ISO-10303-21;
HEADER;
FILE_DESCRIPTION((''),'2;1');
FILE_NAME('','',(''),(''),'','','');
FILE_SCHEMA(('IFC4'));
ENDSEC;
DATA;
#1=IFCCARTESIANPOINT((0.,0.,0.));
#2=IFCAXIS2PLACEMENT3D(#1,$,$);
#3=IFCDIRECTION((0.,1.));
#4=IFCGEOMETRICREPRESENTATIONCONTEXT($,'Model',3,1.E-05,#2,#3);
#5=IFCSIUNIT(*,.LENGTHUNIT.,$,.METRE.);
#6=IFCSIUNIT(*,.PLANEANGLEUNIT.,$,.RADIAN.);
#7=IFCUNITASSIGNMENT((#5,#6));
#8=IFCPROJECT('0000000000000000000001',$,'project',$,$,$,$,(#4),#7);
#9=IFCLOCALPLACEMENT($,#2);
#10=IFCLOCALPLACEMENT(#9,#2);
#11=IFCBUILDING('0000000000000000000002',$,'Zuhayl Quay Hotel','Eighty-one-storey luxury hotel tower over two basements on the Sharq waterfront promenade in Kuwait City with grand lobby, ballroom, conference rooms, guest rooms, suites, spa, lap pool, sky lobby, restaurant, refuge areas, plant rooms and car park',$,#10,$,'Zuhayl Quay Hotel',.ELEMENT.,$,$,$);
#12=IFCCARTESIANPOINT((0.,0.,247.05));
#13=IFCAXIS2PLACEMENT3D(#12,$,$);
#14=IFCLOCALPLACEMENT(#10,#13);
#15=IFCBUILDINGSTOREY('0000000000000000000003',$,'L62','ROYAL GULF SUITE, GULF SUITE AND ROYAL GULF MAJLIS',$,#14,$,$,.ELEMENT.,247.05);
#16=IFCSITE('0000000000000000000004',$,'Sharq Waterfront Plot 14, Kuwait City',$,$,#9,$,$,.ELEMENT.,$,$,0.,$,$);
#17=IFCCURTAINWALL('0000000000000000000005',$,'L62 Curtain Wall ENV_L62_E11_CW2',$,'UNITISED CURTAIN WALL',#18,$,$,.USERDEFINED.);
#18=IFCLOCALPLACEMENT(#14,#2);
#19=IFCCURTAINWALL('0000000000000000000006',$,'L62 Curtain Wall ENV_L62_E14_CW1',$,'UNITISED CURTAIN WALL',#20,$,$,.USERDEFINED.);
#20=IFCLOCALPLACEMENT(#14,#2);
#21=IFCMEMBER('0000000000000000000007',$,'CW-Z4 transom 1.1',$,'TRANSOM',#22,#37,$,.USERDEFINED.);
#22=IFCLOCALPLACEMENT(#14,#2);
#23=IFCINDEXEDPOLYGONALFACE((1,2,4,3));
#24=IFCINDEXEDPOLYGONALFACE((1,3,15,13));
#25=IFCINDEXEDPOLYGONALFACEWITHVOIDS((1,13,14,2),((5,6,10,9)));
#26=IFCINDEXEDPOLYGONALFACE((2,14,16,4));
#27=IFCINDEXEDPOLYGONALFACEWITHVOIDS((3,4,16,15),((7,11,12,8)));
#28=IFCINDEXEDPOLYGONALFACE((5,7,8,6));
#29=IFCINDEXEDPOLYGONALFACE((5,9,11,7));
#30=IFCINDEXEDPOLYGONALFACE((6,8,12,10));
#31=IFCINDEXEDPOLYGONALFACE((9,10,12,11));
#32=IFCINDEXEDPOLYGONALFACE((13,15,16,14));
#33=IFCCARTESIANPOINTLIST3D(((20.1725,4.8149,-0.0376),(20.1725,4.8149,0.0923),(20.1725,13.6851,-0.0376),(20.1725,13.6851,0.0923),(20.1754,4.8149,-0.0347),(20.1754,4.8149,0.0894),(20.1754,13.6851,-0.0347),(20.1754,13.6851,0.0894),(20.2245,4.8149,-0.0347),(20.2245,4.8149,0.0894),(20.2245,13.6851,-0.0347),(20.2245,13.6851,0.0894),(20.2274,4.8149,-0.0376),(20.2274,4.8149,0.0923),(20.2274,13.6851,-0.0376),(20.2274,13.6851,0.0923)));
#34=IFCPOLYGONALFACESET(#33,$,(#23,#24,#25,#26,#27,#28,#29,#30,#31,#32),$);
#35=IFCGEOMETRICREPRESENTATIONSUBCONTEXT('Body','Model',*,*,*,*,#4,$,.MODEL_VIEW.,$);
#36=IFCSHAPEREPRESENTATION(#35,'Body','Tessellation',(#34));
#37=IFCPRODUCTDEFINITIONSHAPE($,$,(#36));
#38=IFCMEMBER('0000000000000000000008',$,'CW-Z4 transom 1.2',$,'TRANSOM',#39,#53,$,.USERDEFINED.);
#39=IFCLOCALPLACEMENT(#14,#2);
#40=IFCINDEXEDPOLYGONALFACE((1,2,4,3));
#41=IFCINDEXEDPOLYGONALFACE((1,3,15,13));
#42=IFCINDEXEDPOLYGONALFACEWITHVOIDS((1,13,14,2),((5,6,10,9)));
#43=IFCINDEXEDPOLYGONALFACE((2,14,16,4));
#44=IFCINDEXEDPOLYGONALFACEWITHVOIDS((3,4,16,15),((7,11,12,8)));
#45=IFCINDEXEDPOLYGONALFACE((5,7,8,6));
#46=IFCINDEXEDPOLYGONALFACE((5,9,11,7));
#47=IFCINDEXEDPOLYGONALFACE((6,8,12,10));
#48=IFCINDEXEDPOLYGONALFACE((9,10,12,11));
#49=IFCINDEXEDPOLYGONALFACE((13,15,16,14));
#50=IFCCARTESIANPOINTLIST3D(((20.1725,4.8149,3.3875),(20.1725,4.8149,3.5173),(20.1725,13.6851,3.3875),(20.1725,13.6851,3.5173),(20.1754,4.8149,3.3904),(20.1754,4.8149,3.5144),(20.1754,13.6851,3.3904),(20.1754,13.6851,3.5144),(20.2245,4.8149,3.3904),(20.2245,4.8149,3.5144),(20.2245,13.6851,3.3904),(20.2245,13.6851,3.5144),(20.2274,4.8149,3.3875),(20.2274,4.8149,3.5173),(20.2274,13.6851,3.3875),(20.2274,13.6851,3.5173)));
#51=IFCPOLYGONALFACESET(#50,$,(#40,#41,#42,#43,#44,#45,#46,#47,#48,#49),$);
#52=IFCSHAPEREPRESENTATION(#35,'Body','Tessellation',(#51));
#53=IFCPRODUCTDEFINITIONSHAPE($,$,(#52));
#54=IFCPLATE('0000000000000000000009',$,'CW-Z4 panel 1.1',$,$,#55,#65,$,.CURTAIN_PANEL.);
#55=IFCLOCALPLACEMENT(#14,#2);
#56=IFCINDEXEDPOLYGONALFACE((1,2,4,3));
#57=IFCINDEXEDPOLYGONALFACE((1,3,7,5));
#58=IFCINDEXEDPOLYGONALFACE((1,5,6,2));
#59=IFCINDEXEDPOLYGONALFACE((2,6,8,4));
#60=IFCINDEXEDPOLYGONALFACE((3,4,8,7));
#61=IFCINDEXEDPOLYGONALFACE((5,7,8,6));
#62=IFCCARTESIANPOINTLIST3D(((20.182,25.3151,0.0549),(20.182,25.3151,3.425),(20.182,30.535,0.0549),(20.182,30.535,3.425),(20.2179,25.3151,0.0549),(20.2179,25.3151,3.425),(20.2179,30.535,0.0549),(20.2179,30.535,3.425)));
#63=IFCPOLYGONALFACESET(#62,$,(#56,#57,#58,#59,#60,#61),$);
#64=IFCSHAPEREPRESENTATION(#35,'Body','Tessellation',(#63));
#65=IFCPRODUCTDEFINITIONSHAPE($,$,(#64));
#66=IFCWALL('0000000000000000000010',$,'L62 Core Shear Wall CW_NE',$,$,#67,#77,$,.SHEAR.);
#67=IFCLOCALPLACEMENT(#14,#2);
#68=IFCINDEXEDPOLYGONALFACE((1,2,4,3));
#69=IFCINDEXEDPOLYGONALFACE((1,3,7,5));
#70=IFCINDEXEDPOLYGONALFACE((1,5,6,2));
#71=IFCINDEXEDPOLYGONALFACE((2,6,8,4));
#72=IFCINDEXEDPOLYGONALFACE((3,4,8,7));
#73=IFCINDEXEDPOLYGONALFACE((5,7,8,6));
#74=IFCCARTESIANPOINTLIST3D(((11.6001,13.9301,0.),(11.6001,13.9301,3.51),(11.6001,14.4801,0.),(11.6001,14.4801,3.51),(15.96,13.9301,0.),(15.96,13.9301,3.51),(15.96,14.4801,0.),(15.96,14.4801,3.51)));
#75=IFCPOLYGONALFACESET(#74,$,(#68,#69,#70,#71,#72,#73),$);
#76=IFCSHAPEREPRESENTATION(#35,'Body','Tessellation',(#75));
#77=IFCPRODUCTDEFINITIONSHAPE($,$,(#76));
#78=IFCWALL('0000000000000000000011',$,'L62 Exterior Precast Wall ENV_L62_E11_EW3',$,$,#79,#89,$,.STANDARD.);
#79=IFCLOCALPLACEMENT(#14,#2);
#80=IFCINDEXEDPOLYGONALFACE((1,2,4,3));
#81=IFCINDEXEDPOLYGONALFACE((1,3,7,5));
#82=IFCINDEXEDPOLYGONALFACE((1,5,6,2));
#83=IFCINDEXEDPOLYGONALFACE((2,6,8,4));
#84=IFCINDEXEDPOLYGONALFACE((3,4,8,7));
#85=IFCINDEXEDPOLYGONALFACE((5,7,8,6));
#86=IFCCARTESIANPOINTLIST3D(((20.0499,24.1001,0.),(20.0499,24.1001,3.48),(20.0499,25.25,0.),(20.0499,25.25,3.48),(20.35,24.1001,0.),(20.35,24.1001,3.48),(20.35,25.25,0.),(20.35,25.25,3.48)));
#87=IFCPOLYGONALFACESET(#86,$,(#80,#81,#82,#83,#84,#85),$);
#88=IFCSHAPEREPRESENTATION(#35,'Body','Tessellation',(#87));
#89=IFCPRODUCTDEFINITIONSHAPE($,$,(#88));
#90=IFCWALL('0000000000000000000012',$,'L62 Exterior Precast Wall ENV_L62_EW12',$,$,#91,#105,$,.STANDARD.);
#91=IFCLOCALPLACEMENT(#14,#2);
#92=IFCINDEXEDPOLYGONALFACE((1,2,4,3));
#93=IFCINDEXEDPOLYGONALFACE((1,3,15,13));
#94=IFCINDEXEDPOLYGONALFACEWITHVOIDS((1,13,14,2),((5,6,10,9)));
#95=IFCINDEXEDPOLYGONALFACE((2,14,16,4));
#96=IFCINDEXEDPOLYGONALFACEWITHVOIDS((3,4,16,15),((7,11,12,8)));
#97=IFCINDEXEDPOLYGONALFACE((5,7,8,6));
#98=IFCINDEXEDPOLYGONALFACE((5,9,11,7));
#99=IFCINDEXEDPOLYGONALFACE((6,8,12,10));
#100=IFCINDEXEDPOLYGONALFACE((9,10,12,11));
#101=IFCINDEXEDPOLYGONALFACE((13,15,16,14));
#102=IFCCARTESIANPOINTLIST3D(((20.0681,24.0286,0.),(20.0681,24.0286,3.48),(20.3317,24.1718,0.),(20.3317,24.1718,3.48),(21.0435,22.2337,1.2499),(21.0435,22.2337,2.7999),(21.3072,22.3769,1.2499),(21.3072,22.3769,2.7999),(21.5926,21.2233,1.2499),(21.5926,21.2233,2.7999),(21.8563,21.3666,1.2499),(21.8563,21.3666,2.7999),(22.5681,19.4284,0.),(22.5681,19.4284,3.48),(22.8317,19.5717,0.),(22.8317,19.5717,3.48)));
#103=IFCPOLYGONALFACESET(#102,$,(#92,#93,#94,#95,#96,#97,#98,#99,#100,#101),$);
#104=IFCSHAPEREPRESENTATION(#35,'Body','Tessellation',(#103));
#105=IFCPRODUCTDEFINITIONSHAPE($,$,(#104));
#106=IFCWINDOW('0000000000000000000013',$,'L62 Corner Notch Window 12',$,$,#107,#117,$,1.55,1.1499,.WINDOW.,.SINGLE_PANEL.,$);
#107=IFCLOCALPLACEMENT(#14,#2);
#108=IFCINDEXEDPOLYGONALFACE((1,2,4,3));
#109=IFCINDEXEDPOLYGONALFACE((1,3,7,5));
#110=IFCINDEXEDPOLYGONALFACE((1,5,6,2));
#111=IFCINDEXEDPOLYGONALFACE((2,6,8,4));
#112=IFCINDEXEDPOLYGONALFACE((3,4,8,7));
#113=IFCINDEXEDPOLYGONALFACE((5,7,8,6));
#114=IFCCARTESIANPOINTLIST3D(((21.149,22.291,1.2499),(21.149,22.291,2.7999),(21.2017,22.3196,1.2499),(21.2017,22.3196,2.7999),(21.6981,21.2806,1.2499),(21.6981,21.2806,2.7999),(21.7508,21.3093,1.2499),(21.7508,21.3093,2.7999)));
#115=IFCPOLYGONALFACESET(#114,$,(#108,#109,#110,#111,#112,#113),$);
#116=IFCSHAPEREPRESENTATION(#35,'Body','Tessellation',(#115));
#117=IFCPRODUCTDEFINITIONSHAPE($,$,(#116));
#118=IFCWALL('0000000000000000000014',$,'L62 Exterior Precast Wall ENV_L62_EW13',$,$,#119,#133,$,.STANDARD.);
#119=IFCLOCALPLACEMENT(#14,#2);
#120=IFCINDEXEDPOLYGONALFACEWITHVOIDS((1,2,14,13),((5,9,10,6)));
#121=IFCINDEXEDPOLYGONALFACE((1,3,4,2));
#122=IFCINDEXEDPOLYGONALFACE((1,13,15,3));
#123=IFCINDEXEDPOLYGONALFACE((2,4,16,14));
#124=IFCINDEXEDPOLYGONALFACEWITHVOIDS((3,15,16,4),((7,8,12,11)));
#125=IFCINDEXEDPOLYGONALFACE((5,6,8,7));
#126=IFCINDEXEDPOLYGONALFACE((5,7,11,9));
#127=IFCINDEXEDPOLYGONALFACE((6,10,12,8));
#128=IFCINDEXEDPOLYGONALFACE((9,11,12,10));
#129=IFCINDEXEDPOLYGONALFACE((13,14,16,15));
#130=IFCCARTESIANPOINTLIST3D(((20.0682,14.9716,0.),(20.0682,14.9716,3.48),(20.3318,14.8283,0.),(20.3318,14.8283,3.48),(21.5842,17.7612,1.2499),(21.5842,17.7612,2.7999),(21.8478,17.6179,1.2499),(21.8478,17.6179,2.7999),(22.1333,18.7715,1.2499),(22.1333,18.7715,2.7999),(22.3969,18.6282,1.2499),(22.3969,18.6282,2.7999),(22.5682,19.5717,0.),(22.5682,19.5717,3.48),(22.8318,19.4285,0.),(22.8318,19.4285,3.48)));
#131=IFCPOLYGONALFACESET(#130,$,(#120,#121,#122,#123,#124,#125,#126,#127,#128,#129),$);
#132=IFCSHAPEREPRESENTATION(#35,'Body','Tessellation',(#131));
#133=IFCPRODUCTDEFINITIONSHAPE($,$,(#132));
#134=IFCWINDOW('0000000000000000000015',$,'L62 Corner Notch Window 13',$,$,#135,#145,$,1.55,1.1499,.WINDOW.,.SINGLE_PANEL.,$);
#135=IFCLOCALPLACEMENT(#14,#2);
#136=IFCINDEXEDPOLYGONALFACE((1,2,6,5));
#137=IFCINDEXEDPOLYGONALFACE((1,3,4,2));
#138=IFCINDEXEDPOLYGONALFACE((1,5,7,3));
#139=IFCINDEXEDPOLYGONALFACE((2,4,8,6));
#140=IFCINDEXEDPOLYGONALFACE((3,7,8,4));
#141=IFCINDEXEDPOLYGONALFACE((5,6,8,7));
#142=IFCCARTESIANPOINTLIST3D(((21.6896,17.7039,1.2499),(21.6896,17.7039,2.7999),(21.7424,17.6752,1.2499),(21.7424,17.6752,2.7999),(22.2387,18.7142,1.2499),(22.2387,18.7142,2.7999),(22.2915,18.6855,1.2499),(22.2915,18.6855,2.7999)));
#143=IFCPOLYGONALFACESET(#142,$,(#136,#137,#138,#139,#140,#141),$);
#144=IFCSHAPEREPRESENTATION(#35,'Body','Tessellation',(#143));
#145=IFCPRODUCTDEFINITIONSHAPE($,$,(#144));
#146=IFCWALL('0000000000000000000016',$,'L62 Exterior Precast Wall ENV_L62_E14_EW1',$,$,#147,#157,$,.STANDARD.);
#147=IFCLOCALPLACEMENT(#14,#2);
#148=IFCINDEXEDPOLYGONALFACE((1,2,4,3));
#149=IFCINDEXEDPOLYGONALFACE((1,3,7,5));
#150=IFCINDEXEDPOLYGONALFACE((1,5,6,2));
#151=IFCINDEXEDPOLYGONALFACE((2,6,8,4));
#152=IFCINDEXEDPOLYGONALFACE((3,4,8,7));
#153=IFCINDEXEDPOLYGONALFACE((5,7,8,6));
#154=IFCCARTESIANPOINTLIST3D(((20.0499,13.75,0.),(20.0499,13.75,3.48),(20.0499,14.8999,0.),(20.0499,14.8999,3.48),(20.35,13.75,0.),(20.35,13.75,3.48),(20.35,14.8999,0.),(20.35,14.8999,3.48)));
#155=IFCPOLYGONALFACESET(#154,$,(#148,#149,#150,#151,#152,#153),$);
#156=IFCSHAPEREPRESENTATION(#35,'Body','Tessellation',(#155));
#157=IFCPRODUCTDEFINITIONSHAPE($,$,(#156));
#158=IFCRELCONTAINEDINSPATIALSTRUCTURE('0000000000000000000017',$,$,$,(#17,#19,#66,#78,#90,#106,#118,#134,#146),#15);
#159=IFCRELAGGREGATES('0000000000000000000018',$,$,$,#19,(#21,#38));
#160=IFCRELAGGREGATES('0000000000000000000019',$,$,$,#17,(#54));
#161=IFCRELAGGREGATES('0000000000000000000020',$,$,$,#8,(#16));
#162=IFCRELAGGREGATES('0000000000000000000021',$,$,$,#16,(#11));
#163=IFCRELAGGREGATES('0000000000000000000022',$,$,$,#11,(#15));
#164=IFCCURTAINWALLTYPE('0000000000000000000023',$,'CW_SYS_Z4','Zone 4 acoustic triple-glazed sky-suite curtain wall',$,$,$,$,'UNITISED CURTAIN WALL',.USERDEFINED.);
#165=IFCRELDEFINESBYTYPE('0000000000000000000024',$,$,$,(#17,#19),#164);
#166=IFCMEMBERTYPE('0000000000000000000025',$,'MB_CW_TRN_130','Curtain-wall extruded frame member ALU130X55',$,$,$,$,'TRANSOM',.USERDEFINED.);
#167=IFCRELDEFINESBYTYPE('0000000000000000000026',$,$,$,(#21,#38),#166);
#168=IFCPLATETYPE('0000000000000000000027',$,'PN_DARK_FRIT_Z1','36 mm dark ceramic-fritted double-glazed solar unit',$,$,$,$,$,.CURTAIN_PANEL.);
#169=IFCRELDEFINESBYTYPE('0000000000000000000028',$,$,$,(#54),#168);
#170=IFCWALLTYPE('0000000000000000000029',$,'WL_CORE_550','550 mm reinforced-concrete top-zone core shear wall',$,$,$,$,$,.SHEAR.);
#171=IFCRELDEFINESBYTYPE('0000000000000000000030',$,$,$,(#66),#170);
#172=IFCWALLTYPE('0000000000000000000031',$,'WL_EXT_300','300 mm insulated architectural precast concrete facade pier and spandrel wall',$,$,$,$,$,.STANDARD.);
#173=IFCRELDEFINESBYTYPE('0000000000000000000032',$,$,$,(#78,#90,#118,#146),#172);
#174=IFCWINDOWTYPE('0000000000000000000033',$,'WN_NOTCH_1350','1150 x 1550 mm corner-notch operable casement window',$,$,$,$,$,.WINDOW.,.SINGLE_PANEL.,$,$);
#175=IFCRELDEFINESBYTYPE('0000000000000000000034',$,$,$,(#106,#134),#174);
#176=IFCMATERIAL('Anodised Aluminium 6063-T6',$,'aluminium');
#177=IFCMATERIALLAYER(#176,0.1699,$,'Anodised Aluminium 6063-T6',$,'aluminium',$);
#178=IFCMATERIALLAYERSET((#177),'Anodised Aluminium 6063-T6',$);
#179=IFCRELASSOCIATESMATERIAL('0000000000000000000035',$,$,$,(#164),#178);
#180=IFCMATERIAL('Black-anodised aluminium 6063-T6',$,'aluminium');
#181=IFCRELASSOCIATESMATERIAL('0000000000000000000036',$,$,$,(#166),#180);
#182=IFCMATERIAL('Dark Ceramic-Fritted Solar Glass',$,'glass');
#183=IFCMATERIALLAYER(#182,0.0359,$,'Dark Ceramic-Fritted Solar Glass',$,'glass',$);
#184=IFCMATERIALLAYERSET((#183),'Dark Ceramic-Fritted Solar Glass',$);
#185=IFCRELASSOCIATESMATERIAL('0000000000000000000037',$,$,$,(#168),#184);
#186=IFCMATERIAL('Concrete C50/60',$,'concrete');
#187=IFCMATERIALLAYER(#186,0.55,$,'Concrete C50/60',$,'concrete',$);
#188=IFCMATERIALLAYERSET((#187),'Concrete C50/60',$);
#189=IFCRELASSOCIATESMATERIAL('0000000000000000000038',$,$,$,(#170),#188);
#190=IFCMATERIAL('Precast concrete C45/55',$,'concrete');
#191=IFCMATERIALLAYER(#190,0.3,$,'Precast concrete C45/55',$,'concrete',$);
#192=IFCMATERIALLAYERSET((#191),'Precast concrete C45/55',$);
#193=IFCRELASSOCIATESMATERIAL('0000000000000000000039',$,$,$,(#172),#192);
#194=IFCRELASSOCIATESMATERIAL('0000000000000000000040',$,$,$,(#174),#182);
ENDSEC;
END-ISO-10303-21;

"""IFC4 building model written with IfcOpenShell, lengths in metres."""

from ifc_helpers import new_model, si_unit, direction, frame, frame_2d, origin, origin_2d, place, context, subcontext, project, spatial, rectangle, hollow_rectangle, extrude, material, layer, layer_set, material_profile, profile_set, type_object, element, fill, aggregate, save


model = new_model("IFC4")

# Units and contexts
model_context = context("Model", 3, precision=1e-05, world=origin(), true_north=direction((0.0, 1.0)))
body_context = subcontext(model_context, "Body", "Model", "MODEL_VIEW")
ifc_project = project(units=[si_unit("LENGTHUNIT", "METRE"), si_unit("PLANEANGLEUNIT", "RADIAN")], contexts=[model_context])

# Site, building, storey
site_placement = place(None, origin())
site = spatial("IfcSite", under=ifc_project, at=site_placement, Name="Sharq Waterfront Plot 14, Kuwait City", CompositionType="ELEMENT", RefElevation=0.0)
building_placement = place(site_placement, origin())
building = spatial("IfcBuilding", under=site, at=building_placement, Name="Zuhayl Quay Hotel", Description="Eighty-one-storey luxury hotel tower over two basements on the Sharq waterfront promenade in Kuwait City with grand lobby, ballroom, conference rooms, guest rooms, suites, spa, lap pool, sky lobby, restaurant, refuge areas, plant rooms and car park", LongName="Zuhayl Quay Hotel", CompositionType="ELEMENT")
storey_placement = place(building_placement, frame((0.0, 0.0, 247.05)))
storey = spatial("IfcBuildingStorey", under=building, at=storey_placement, Name="L62", Description="ROYAL GULF SUITE, GULF SUITE AND ROYAL GULF MAJLIS", CompositionType="ELEMENT", Elevation=247.05)

# Curtain wall
ifc_material_1 = material(Name="Anodised Aluminium 6063-T6", Category="aluminium")
ifc_layer_1 = layer(ifc_material_1, 0.1699, Name="Anodised Aluminium 6063-T6", Category="aluminium")
ifc_layer_set_1 = layer_set([ifc_layer_1], Name="Anodised Aluminium 6063-T6")
curtain_wall_type = type_object("IfcCurtainWallType", Name="CW_SYS_Z4", Description="Zone 4 acoustic triple-glazed sky-suite curtain wall", ElementType="UNITISED CURTAIN WALL", PredefinedType="USERDEFINED", material=ifc_layer_set_1)
curtain_wall_1_placement = place(storey_placement, origin())
curtain_wall_1 = element("IfcCurtainWall", 1, at=curtain_wall_1_placement, inside=storey, type_object=curtain_wall_type, Name="L62 Curtain Wall ENV_L62_E11_CW2", ObjectType="UNITISED CURTAIN WALL", PredefinedType="USERDEFINED")
ifc_material_2 = material(Name="Black-anodised aluminium 6063-T6", Category="aluminium")

# Curtain wall, members
curtain_wall_2_placement = place(storey_placement, origin())
curtain_wall_2 = element("IfcCurtainWall", 2, at=curtain_wall_2_placement, inside=storey, type_object=curtain_wall_type, Name="L62 Curtain Wall ENV_L62_E14_CW1", ObjectType="UNITISED CURTAIN WALL", PredefinedType="USERDEFINED")
ifc_material_profile_1 = material_profile(ifc_material_2, hollow_rectangle(XDim=0.0549, YDim=0.1299, WallThickness=0.0029, at=origin_2d()), Name="ALU130X55")
ifc_profile_set_1 = profile_set([ifc_material_profile_1], Name="Black-anodised aluminium 6063-T6")
member_type_1 = type_object("IfcMemberType", Name="MB_CW_TRN_130", Description="Curtain-wall extruded frame member ALU130X55", ElementType="TRANSOM", PredefinedType="USERDEFINED", material=ifc_profile_set_1)
member_1_placement = place(storey_placement, frame((20.2, 13.6851, 0.0273), z_axis=(0.0, -1.0, 0.0), x_axis=(1.0, 0.0, 0.0)))
member_1 = element("IfcMember", 3, at=member_1_placement, type_object=member_type_1, Name="CW-Z4 transom 1.1", ObjectType="TRANSOM", PredefinedType="USERDEFINED", context=body_context, shape_type="SweptSolid", body=[
    extrude(hollow_rectangle(XDim=0.0549, YDim=0.1299, WallThickness=0.0029, at=origin_2d()), origin(), (0.0, 0.0, 1.0), 8.8701),
])
member_2_placement = place(storey_placement, frame((20.2, 13.6851, 3.4524), z_axis=(0.0, -1.0, 0.0), x_axis=(1.0, 0.0, 0.0)))
member_2 = element("IfcMember", 4, at=member_2_placement, type_object=member_type_1, Name="CW-Z4 transom 1.2", ObjectType="TRANSOM", PredefinedType="USERDEFINED", context=body_context, shape_type="SweptSolid", body=[
    extrude(hollow_rectangle(XDim=0.0549, YDim=0.1299, WallThickness=0.0029, at=origin_2d()), origin(), (0.0, 0.0, 1.0), 8.8701),
])
aggregate(curtain_wall_2, [member_1, member_2])

# Plate
ifc_material_3 = material(Name="Dark Ceramic-Fritted Solar Glass", Category="glass")
ifc_layer_2 = layer(ifc_material_3, 0.0359, Name="Dark Ceramic-Fritted Solar Glass", Category="glass")
ifc_layer_set_2 = layer_set([ifc_layer_2], Name="Dark Ceramic-Fritted Solar Glass")
plate_type = type_object("IfcPlateType", Name="PN_DARK_FRIT_Z1", Description="36 mm dark ceramic-fritted double-glazed solar unit", PredefinedType="CURTAIN_PANEL", material=ifc_layer_set_2)
plate_placement = place(storey_placement, frame((20.2, 27.925, 0.0549), z_axis=(0.0, 0.0, 1.0), x_axis=(0.0, -1.0, 0.0)))
plate = element("IfcPlate", 5, at=plate_placement, type_object=plate_type, Name="CW-Z4 panel 1.1", PredefinedType="CURTAIN_PANEL", context=body_context, shape_type="SweptSolid", body=[
    extrude(rectangle(XDim=5.22, YDim=0.0359, at=origin_2d()), origin(), (0.0, 0.0, 1.0), 3.3701),
])
aggregate(curtain_wall_1, [plate])

# Walls
ifc_material_4 = material(Name="Concrete C50/60", Category="concrete")
ifc_layer_3 = layer(ifc_material_4, 0.55, Name="Concrete C50/60", Category="concrete")
ifc_layer_set_3 = layer_set([ifc_layer_3], Name="Concrete C50/60")
wall_type_1 = type_object("IfcWallType", Name="WL_CORE_550", Description="550 mm reinforced-concrete top-zone core shear wall", PredefinedType="SHEAR", material=ifc_layer_set_3)
wall_1_placement = place(storey_placement, frame((11.6001, 14.2051, 0.0), z_axis=(0.0, 0.0, 1.0), x_axis=(1.0, 0.0, 0.0)))
element("IfcWall", 6, at=wall_1_placement, inside=storey, type_object=wall_type_1, Name="L62 Core Shear Wall CW_NE", PredefinedType="SHEAR", context=body_context, shape_type="SweptSolid", body=[
    extrude(rectangle(XDim=4.3599, YDim=0.55, at=frame_2d((2.1799, 0.0))), origin(), (0.0, 0.0, 1.0), 3.51),
])
ifc_material_5 = material(Name="Precast concrete C45/55", Category="concrete")
ifc_layer_4 = layer(ifc_material_5, 0.3, Name="Precast concrete C45/55", Category="concrete")
ifc_layer_set_4 = layer_set([ifc_layer_4], Name="Precast concrete C45/55")
wall_type_2 = type_object("IfcWallType", Name="WL_EXT_300", Description="300 mm insulated architectural precast concrete facade pier and spandrel wall", PredefinedType="STANDARD", material=ifc_layer_set_4)
wall_2_placement = place(storey_placement, frame((20.2, 25.25, 0.0), z_axis=(0.0, 0.0, 1.0), x_axis=(0.0, -1.0, 0.0)))
element("IfcWall", 7, at=wall_2_placement, inside=storey, type_object=wall_type_2, Name="L62 Exterior Precast Wall ENV_L62_E11_EW3", PredefinedType="STANDARD", context=body_context, shape_type="SweptSolid", body=[
    extrude(rectangle(XDim=1.1499, YDim=0.3, at=frame_2d((0.575, 0.0))), origin(), (0.0, 0.0, 1.0), 3.48),
])

# Walls, openings, windows
wall_3_placement = place(storey_placement, frame((20.2, 24.1001, 0.0), z_axis=(0.0, 0.0, 1.0), x_axis=(0.477505, -0.878629, 0.0)))
wall_3 = element("IfcWall", 8, at=wall_3_placement, inside=storey, type_object=wall_type_2, Name="L62 Exterior Precast Wall ENV_L62_EW12", PredefinedType="STANDARD", context=body_context, shape_type="SweptSolid", body=[
    extrude(rectangle(XDim=5.2356, YDim=0.3, at=frame_2d((2.6177, 0.0))), origin(), (0.0, 0.0, 1.0), 3.48),
])
opening_1_placement = place(wall_3_placement, frame((2.0427, 0.0, 1.25)))
opening_1 = element("IfcOpeningElement", 9, at=opening_1_placement, cuts=wall_3, PredefinedType="OPENING", context=body_context, shape_type="SweptSolid", body=[
    extrude(rectangle(XDim=1.1499, YDim=1.55, at=frame_2d((0.575, 0.7749))), frame((0.0, 0.1599, 0.0), z_axis=(0.0, -1.0, 0.0), x_axis=(1.0, 0.0, 0.0)), (0.0, 0.0, 1.0), 0.3201),
])
window_type = type_object("IfcWindowType", Name="WN_NOTCH_1350", Description="1150 x 1550 mm corner-notch operable casement window", PartitioningType="SINGLE_PANEL", PredefinedType="WINDOW", material=ifc_material_3)
window_1_placement = place(opening_1_placement, origin())
window_1 = element("IfcWindow", 10, at=window_1_placement, inside=storey, type_object=window_type, Name="L62 Corner Notch Window 12", OverallHeight=1.55, OverallWidth=1.1499, PartitioningType="SINGLE_PANEL", PredefinedType="WINDOW", context=body_context, shape_type="SweptSolid", body=[
    extrude(rectangle(XDim=1.1499, YDim=1.55, at=frame_2d((0.575, 0.7749))), frame((0.0, 0.03, 0.0), z_axis=(0.0, -1.0, 0.0), x_axis=(1.0, 0.0, 0.0)), (0.0, 0.0, 1.0), 0.0601),
])
fill(opening_1, window_1)
wall_4_placement = place(storey_placement, frame((22.7, 19.5, 0.0), z_axis=(0.0, 0.0, 1.0), x_axis=(-0.477505, -0.878629, 0.0)))
wall_4 = element("IfcWall", 11, at=wall_4_placement, inside=storey, type_object=wall_type_2, Name="L62 Exterior Precast Wall ENV_L62_EW13", PredefinedType="STANDARD", context=body_context, shape_type="SweptSolid", body=[
    extrude(rectangle(XDim=5.2356, YDim=0.3, at=frame_2d((2.6177, 0.0))), origin(), (0.0, 0.0, 1.0), 3.48),
])
opening_2_placement = place(wall_4_placement, frame((0.9106, 0.0, 1.25)))
opening_2 = element("IfcOpeningElement", 12, at=opening_2_placement, cuts=wall_4, PredefinedType="OPENING", context=body_context, shape_type="SweptSolid", body=[
    extrude(rectangle(XDim=1.1499, YDim=1.55, at=frame_2d((0.575, 0.7749))), frame((0.0, 0.1599, 0.0), z_axis=(0.0, -1.0, 0.0), x_axis=(1.0, 0.0, 0.0)), (0.0, 0.0, 1.0), 0.3201),
])
window_2_placement = place(opening_2_placement, origin())
window_2 = element("IfcWindow", 13, at=window_2_placement, inside=storey, type_object=window_type, Name="L62 Corner Notch Window 13", OverallHeight=1.55, OverallWidth=1.1499, PartitioningType="SINGLE_PANEL", PredefinedType="WINDOW", context=body_context, shape_type="SweptSolid", body=[
    extrude(rectangle(XDim=1.1499, YDim=1.55, at=frame_2d((0.575, 0.7749))), frame((0.0, 0.03, 0.0), z_axis=(0.0, -1.0, 0.0), x_axis=(1.0, 0.0, 0.0)), (0.0, 0.0, 1.0), 0.0601),
])
fill(opening_2, window_2)

# Wall
wall_5_placement = place(storey_placement, frame((20.2, 14.8999, 0.0), z_axis=(0.0, 0.0, 1.0), x_axis=(0.0, -1.0, 0.0)))
element("IfcWall", 14, at=wall_5_placement, inside=storey, type_object=wall_type_2, Name="L62 Exterior Precast Wall ENV_L62_E14_EW1", PredefinedType="STANDARD", context=body_context, shape_type="SweptSolid", body=[
    extrude(rectangle(XDim=1.1499, YDim=0.3, at=frame_2d((0.575, 0.0))), origin(), (0.0, 0.0, 1.0), 3.48),
])

save(model, "model.ifc")
